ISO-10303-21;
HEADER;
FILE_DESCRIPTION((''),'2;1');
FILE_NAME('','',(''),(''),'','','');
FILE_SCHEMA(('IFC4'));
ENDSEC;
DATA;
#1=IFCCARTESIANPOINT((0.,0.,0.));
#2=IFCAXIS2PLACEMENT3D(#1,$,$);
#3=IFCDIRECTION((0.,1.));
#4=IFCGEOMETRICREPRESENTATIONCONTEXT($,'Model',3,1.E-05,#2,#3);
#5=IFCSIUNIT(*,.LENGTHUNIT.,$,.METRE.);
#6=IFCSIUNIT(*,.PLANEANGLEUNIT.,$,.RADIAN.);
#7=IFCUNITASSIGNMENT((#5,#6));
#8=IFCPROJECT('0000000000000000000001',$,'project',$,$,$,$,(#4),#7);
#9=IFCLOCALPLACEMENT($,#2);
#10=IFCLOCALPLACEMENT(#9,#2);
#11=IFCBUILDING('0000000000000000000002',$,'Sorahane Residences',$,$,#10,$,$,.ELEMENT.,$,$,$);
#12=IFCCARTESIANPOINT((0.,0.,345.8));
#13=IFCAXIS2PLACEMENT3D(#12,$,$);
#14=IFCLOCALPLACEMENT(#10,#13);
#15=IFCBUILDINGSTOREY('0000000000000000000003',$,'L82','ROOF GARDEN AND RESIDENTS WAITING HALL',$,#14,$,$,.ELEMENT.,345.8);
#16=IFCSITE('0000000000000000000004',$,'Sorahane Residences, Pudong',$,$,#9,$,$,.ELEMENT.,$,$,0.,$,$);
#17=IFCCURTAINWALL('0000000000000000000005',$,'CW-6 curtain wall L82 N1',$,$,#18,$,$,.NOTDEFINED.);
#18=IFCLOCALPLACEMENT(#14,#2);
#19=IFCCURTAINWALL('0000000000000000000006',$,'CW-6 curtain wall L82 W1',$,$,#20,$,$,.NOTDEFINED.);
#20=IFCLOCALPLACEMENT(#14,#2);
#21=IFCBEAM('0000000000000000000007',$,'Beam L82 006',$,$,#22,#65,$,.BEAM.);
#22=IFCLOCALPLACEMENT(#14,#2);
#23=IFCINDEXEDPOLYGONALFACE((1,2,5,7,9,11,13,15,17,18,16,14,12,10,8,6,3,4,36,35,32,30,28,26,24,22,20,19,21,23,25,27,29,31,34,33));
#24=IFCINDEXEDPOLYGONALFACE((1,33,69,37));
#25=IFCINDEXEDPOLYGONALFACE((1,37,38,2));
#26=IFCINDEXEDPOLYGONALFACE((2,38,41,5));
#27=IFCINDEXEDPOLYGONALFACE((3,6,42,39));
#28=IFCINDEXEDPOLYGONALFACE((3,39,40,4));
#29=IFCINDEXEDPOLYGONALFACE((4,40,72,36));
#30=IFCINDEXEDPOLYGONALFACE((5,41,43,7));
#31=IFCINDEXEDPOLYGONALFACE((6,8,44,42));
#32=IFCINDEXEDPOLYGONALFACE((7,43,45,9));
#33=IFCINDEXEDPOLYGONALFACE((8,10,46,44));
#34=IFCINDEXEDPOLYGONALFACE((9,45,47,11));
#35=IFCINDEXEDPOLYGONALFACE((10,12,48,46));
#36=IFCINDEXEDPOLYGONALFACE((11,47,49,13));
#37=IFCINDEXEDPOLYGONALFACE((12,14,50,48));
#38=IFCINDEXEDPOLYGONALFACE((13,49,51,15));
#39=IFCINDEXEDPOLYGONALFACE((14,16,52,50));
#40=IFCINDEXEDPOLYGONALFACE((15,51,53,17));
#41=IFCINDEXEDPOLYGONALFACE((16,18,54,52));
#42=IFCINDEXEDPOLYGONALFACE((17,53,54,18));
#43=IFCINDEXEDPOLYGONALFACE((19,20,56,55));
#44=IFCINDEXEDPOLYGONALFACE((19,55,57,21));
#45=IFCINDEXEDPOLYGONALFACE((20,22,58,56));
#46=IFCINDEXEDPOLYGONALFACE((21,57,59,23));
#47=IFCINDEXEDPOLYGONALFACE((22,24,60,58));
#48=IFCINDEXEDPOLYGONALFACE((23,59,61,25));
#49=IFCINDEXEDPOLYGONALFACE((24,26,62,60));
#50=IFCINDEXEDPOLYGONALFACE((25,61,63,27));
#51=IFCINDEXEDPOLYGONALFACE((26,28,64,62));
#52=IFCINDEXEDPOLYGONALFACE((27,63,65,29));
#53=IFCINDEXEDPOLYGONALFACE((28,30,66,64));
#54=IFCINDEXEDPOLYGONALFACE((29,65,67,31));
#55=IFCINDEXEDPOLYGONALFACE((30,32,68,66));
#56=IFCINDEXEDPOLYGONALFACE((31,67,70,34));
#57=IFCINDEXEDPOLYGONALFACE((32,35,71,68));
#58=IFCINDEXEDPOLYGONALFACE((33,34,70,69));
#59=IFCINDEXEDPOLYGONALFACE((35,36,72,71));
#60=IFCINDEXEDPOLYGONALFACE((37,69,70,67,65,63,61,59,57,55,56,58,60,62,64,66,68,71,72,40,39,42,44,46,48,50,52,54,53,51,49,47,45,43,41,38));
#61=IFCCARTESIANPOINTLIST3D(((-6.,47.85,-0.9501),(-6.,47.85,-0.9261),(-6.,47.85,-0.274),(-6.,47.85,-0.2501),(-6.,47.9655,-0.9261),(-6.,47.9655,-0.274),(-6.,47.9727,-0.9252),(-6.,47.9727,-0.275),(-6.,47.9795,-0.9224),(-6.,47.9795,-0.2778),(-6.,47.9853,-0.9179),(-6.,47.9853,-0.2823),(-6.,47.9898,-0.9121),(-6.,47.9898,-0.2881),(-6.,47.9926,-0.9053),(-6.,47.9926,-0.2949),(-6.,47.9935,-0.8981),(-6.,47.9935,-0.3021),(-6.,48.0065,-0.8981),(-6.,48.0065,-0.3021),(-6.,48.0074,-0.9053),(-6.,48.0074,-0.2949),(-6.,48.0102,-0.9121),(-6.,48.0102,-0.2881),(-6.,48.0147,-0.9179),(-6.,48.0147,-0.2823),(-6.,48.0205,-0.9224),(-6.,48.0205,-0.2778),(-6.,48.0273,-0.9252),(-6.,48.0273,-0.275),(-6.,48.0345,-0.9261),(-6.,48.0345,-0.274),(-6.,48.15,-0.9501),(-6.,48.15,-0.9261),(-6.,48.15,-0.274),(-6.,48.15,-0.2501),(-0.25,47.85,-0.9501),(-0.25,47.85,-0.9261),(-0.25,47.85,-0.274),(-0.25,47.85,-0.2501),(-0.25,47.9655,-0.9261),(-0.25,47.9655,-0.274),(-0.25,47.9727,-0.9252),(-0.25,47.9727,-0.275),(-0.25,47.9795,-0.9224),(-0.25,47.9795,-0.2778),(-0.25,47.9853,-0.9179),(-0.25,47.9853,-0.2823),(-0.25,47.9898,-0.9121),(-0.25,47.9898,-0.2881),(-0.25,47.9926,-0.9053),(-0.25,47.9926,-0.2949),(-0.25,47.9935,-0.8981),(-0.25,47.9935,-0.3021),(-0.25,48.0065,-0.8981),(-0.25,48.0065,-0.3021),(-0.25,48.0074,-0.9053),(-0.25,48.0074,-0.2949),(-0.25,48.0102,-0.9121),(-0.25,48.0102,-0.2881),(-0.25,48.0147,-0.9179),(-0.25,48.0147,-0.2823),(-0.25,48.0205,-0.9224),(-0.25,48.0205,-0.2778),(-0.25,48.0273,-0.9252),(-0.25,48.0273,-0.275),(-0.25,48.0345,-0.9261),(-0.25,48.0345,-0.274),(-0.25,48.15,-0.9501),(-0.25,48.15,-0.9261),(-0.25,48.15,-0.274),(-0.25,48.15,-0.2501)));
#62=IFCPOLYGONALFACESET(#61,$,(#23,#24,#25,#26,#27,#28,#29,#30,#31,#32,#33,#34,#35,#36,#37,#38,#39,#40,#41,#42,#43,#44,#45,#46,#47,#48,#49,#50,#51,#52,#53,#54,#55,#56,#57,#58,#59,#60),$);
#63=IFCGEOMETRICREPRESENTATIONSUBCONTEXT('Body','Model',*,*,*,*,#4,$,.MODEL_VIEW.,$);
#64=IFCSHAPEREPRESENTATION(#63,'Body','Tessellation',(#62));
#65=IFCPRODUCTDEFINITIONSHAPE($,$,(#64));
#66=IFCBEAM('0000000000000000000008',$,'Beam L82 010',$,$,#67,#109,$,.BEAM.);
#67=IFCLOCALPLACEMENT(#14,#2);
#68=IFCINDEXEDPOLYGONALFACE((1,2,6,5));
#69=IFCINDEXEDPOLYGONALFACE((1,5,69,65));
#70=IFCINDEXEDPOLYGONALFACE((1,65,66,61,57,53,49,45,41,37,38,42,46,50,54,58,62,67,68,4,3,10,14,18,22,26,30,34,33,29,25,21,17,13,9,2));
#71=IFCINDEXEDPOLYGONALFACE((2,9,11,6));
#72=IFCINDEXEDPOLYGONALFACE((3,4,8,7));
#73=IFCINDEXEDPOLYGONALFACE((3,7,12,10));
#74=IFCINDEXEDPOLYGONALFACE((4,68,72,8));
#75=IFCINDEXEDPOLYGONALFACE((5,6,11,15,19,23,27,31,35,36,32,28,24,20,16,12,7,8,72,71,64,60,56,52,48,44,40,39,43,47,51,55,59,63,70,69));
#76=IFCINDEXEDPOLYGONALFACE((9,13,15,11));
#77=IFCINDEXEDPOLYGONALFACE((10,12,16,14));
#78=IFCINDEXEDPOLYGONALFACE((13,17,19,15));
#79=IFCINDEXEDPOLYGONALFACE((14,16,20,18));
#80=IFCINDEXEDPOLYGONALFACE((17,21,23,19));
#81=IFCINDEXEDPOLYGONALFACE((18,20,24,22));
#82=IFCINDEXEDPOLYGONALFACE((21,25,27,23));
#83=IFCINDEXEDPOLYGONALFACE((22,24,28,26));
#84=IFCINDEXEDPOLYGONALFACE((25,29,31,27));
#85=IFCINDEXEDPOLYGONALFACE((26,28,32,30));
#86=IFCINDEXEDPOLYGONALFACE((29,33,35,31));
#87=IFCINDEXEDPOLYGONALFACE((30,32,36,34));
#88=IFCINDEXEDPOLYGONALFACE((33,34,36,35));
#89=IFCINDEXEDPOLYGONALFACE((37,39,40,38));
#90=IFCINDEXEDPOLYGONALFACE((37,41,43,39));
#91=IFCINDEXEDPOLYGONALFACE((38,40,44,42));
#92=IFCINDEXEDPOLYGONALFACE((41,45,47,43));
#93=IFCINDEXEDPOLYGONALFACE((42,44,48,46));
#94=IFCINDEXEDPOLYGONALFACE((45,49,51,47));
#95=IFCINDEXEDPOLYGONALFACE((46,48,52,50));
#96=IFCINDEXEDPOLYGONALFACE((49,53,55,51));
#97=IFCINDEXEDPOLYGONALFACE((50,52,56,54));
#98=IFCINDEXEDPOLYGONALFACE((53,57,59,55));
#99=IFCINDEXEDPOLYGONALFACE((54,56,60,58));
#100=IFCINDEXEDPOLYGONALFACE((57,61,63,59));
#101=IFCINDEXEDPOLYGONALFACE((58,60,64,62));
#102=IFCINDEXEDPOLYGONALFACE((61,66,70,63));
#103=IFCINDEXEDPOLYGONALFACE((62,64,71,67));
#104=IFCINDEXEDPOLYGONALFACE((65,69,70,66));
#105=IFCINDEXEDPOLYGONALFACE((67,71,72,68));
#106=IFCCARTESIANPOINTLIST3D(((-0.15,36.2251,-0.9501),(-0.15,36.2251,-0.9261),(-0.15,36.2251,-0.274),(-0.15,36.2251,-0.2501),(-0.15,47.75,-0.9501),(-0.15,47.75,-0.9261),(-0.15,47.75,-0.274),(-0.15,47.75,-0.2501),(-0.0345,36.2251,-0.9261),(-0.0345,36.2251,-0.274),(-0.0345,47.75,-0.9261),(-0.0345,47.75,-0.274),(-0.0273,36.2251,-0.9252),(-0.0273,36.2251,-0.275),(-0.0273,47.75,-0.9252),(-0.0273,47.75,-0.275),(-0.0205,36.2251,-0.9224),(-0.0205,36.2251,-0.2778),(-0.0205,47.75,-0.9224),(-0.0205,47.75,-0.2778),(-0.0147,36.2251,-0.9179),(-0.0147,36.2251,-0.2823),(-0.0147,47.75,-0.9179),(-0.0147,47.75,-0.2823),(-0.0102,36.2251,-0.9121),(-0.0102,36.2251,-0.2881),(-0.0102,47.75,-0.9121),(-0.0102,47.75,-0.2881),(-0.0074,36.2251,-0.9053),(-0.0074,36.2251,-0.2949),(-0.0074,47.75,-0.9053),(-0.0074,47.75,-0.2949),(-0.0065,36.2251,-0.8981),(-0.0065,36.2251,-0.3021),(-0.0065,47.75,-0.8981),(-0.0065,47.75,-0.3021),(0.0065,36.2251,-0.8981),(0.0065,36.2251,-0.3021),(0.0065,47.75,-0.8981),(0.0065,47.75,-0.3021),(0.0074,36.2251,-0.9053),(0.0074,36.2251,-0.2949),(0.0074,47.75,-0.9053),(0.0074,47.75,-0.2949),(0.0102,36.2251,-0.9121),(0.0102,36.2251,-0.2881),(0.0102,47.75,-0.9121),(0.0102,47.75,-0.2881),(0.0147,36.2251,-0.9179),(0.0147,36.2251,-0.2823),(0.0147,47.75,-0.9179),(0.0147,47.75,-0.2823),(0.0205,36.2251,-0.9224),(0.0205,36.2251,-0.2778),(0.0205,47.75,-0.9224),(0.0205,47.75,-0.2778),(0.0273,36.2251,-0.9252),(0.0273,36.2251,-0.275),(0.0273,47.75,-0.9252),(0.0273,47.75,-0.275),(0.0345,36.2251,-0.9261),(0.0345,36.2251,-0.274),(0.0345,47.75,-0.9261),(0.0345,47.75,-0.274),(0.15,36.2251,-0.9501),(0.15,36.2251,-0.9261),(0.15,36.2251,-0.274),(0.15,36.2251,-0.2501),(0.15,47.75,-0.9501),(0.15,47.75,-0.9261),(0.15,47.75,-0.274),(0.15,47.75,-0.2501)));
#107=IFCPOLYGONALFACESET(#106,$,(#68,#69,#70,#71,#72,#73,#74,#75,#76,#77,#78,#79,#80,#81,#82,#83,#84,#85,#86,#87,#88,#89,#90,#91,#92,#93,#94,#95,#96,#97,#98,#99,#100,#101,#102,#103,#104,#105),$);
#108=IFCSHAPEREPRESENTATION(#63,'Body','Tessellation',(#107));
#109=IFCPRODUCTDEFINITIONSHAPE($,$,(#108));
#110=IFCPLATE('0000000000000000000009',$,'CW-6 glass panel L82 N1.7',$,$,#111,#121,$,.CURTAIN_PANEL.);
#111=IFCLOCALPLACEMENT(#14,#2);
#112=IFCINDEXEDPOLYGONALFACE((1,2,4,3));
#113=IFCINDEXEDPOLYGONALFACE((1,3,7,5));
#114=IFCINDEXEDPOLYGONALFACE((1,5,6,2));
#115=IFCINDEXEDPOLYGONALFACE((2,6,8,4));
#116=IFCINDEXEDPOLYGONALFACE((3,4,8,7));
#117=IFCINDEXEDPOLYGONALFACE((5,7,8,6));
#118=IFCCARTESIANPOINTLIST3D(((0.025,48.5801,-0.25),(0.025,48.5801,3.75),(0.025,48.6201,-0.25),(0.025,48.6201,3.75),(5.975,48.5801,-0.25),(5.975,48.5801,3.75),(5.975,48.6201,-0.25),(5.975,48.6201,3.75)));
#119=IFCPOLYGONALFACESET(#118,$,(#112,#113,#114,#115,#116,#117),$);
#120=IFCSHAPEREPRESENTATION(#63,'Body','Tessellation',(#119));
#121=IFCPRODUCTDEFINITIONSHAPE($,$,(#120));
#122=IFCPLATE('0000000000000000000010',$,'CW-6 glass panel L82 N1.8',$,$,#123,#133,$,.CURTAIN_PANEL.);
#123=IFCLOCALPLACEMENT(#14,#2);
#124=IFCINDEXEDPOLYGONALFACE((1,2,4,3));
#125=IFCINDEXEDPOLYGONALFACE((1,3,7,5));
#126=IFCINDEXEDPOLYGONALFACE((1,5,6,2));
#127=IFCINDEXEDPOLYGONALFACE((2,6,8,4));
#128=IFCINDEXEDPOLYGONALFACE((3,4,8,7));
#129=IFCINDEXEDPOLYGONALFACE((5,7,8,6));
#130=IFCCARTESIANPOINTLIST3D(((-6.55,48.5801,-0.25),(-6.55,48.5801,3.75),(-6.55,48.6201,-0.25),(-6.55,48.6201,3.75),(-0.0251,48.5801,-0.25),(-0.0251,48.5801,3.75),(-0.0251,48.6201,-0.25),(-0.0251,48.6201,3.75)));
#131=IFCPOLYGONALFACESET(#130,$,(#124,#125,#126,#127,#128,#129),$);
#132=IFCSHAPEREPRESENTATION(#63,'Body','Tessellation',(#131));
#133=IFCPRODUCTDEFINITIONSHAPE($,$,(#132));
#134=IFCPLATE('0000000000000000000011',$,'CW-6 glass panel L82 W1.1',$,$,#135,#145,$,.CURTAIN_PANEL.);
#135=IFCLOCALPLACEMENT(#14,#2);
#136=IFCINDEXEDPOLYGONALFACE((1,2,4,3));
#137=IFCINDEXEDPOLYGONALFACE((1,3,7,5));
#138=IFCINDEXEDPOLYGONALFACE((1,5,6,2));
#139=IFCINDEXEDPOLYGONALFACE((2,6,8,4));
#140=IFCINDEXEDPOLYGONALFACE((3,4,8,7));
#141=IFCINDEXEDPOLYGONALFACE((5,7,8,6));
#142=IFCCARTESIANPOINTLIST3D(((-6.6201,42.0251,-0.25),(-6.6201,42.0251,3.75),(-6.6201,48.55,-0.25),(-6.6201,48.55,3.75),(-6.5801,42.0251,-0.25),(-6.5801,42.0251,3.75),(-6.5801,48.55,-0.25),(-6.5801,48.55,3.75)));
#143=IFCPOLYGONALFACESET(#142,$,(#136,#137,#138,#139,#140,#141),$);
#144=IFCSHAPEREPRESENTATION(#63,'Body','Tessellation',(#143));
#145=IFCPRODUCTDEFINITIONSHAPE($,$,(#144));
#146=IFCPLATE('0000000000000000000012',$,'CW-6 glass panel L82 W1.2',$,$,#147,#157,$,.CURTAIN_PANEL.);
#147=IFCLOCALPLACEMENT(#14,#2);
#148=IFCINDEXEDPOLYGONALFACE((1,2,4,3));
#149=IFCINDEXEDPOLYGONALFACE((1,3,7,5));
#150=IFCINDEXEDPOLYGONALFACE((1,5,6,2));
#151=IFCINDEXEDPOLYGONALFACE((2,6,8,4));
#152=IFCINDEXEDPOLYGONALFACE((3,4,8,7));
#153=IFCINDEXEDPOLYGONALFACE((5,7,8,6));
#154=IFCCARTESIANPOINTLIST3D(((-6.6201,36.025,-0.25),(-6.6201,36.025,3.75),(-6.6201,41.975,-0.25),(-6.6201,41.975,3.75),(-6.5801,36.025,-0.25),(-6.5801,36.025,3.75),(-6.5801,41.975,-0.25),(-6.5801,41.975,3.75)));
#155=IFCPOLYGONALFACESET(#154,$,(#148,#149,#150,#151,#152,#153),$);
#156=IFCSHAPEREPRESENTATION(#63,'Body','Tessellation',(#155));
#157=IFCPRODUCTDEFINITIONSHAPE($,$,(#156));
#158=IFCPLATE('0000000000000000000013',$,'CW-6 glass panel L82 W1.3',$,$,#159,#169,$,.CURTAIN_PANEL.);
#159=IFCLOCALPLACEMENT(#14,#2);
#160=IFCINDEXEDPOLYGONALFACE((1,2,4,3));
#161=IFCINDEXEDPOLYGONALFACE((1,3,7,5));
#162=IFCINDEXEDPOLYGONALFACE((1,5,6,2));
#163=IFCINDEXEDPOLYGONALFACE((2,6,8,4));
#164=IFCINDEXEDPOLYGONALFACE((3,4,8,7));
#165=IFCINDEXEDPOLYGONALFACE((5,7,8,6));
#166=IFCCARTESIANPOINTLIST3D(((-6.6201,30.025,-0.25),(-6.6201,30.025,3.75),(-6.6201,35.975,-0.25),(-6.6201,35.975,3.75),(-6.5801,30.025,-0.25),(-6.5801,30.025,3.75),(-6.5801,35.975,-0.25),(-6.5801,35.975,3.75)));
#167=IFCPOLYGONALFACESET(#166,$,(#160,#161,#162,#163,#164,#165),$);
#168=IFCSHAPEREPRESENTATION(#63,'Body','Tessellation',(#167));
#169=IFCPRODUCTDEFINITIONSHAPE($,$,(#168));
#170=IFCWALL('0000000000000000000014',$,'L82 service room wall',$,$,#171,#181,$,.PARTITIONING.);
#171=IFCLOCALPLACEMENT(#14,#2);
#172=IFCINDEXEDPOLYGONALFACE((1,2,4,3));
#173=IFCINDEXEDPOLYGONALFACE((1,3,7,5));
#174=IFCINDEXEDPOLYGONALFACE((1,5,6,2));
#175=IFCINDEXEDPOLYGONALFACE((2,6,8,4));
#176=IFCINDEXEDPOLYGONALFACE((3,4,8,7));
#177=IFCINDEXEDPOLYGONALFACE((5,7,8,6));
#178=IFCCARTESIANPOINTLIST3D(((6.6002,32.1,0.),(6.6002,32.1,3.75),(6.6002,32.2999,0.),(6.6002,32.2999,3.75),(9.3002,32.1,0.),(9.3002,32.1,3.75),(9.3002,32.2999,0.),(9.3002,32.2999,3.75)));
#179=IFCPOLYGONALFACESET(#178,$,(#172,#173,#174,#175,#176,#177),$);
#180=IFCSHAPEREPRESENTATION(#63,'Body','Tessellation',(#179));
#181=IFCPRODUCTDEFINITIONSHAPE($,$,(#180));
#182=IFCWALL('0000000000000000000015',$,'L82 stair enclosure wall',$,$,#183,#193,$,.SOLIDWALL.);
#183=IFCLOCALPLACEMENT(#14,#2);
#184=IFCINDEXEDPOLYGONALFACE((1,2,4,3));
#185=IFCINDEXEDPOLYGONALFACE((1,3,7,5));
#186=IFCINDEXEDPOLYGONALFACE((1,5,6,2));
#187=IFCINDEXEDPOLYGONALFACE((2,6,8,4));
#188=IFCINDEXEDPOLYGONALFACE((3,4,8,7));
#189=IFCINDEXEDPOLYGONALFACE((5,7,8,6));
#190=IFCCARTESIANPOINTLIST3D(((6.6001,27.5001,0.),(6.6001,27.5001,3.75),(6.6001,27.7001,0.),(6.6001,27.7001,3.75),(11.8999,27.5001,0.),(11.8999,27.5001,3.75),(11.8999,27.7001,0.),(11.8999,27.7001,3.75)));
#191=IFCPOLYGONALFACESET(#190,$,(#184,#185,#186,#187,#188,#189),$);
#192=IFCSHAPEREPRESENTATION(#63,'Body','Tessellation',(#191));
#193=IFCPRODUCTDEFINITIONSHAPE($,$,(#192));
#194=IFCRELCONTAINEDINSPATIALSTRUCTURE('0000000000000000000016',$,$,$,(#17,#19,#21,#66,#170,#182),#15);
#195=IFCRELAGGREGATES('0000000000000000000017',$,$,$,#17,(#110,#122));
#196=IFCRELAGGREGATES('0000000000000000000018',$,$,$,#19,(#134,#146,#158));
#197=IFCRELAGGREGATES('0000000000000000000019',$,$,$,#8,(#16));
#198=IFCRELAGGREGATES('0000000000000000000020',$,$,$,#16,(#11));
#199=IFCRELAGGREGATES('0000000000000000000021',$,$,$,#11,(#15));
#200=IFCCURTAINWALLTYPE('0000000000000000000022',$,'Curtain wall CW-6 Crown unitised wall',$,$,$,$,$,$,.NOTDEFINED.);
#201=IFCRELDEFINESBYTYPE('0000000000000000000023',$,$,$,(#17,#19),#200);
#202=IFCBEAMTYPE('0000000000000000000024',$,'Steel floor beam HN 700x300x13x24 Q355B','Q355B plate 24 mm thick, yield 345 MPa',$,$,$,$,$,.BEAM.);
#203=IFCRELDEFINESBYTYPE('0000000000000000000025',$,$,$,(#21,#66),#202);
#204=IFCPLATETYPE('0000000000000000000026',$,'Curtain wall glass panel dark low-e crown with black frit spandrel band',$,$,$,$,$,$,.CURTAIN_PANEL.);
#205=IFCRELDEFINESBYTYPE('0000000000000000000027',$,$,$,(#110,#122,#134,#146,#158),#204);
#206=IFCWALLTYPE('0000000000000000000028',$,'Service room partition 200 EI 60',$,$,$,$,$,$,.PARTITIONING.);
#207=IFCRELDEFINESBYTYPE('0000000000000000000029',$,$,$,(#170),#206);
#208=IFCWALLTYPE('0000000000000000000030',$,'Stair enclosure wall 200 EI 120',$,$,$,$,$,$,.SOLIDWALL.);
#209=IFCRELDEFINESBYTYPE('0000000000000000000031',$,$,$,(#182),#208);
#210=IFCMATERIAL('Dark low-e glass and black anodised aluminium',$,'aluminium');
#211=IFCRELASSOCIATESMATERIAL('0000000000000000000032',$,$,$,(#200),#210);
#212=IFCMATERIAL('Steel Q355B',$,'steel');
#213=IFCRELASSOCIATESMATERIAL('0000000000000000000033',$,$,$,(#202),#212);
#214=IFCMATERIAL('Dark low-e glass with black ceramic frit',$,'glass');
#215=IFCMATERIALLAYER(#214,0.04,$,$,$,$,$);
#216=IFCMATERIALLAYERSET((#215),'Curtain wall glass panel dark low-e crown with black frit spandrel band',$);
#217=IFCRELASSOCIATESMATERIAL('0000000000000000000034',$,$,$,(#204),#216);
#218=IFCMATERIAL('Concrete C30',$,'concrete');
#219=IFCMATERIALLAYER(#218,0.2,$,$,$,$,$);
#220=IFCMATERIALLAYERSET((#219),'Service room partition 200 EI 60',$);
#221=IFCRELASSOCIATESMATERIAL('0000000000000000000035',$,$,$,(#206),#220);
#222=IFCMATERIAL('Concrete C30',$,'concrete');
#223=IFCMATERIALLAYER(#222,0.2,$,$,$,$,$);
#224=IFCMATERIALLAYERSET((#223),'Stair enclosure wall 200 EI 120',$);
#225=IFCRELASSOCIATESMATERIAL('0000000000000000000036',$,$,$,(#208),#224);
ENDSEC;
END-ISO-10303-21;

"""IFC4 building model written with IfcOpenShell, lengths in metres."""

from ifc_helpers import new_model, si_unit, direction, frame, frame_2d, origin, origin_2d, place, context, subcontext, project, spatial, rectangle, i_section, extrude, material, layer, layer_set, material_profile, profile_set, type_object, element, aggregate, save


model = new_model("IFC4")

# Units and contexts
model_context = context("Model", 3, precision=1e-05, world=origin(), true_north=direction((0.0, 1.0)))
body_context = subcontext(model_context, "Body", "Model", "MODEL_VIEW")
ifc_project = project(units=[si_unit("LENGTHUNIT", "METRE"), si_unit("PLANEANGLEUNIT", "RADIAN")], contexts=[model_context])

# Site, building, storey
site_placement = place(None, origin())
site = spatial("IfcSite", under=ifc_project, at=site_placement, Name="Sorahane Residences, Pudong", CompositionType="ELEMENT", RefElevation=0.0)
building_placement = place(site_placement, origin())
building = spatial("IfcBuilding", under=site, at=building_placement, Name="Sorahane Residences", CompositionType="ELEMENT")
storey_placement = place(building_placement, frame((0.0, 0.0, 345.8)))
storey = spatial("IfcBuildingStorey", under=building, at=storey_placement, Name="L82", Description="ROOF GARDEN AND RESIDENTS WAITING HALL", CompositionType="ELEMENT", Elevation=345.8)

# Curtain walls
ifc_material_1 = material(Name="Dark low-e glass and black anodised aluminium", Category="aluminium")
curtain_wall_type = type_object("IfcCurtainWallType", Name="Curtain wall CW-6 Crown unitised wall", PredefinedType="NOTDEFINED", material=ifc_material_1)
curtain_wall_1_placement = place(storey_placement, origin())
curtain_wall_1 = element("IfcCurtainWall", 1, at=curtain_wall_1_placement, inside=storey, type_object=curtain_wall_type, Name="CW-6 curtain wall L82 N1", PredefinedType="NOTDEFINED")
curtain_wall_2_placement = place(storey_placement, origin())
curtain_wall_2 = element("IfcCurtainWall", 2, at=curtain_wall_2_placement, inside=storey, type_object=curtain_wall_type, Name="CW-6 curtain wall L82 W1", PredefinedType="NOTDEFINED")

# Beams
ifc_material_2 = material(Name="Steel Q355B", Category="steel")
ifc_material_profile_1 = material_profile(ifc_material_2, i_section(OverallWidth=0.3, OverallDepth=0.7, WebThickness=0.0129, FlangeThickness=0.0239, FilletRadius=0.0281, at=origin_2d()), Name="HN 700x300x13x24")
ifc_profile_set_1 = profile_set([ifc_material_profile_1], Name="Steel Q355B")
beam_type_1 = type_object("IfcBeamType", Name="Steel floor beam HN 700x300x13x24 Q355B", Description="Q355B plate 24 mm thick, yield 345 MPa", PredefinedType="BEAM", material=ifc_profile_set_1)
beam_1_placement = place(storey_placement, frame((-6.0, 48.0, -0.6001), z_axis=(1.0, 0.0, 0.0), x_axis=(0.0, 1.0, 0.0)))
element("IfcBeam", 3, at=beam_1_placement, inside=storey, type_object=beam_type_1, Name="Beam L82 006", PredefinedType="BEAM", context=body_context, shape_type="SweptSolid", body=[
    extrude(i_section(OverallWidth=0.3, OverallDepth=0.7, WebThickness=0.0129, FlangeThickness=0.0239, FilletRadius=0.0281, at=origin_2d()), origin(), (0.0, 0.0, 1.0), 5.75),
])
beam_2_placement = place(storey_placement, frame((0.0, 36.2251, -0.6001), z_axis=(0.0, 1.0, 0.0), x_axis=(-1.0, 0.0, 0.0)))
element("IfcBeam", 4, at=beam_2_placement, inside=storey, type_object=beam_type_1, Name="Beam L82 010", PredefinedType="BEAM", context=body_context, shape_type="SweptSolid", body=[
    extrude(i_section(OverallWidth=0.3, OverallDepth=0.7, WebThickness=0.0129, FlangeThickness=0.0239, FilletRadius=0.0281, at=origin_2d()), origin(), (0.0, 0.0, 1.0), 11.5249),
])

# Plates
ifc_material_3 = material(Name="Dark low-e glass with black ceramic frit", Category="glass")
ifc_layer_1 = layer(ifc_material_3, 0.04)
ifc_layer_set_1 = layer_set([ifc_layer_1], Name="Curtain wall glass panel dark low-e crown with black frit spandrel band")
plate_type = type_object("IfcPlateType", Name="Curtain wall glass panel dark low-e crown with black frit spandrel band", PredefinedType="CURTAIN_PANEL", material=ifc_layer_set_1)
plate_1_placement = place(storey_placement, frame((3.0, 48.6001, -0.25), z_axis=(0.0, 0.0, 1.0), x_axis=(-1.0, 0.0, 0.0)))
plate_1 = element("IfcPlate", 5, at=plate_1_placement, type_object=plate_type, Name="CW-6 glass panel L82 N1.7", PredefinedType="CURTAIN_PANEL", context=body_context, shape_type="SweptSolid", body=[
    extrude(rectangle(XDim=5.95, YDim=0.04, at=origin_2d()), origin(), (0.0, 0.0, 1.0), 4.0),
])
plate_2_placement = place(storey_placement, frame((-3.2876, 48.6001, -0.25), z_axis=(0.0, 0.0, 1.0), x_axis=(-1.0, 0.0, 0.0)))
plate_2 = element("IfcPlate", 6, at=plate_2_placement, type_object=plate_type, Name="CW-6 glass panel L82 N1.8", PredefinedType="CURTAIN_PANEL", context=body_context, shape_type="SweptSolid", body=[
    extrude(rectangle(XDim=6.5249, YDim=0.04, at=origin_2d()), origin(), (0.0, 0.0, 1.0), 4.0),
])
aggregate(curtain_wall_1, [plate_1, plate_2])
plate_3_placement = place(storey_placement, frame((-6.6001, 45.2876, -0.25), z_axis=(0.0, 0.0, 1.0), x_axis=(0.0, -1.0, 0.0)))
plate_3 = element("IfcPlate", 7, at=plate_3_placement, type_object=plate_type, Name="CW-6 glass panel L82 W1.1", PredefinedType="CURTAIN_PANEL", context=body_context, shape_type="SweptSolid", body=[
    extrude(rectangle(XDim=6.5249, YDim=0.04, at=origin_2d()), origin(), (0.0, 0.0, 1.0), 4.0),
])
plate_4_placement = place(storey_placement, frame((-6.6001, 39.0, -0.25), z_axis=(0.0, 0.0, 1.0), x_axis=(0.0, -1.0, 0.0)))
plate_4 = element("IfcPlate", 8, at=plate_4_placement, type_object=plate_type, Name="CW-6 glass panel L82 W1.2", PredefinedType="CURTAIN_PANEL", context=body_context, shape_type="SweptSolid", body=[
    extrude(rectangle(XDim=5.95, YDim=0.04, at=origin_2d()), origin(), (0.0, 0.0, 1.0), 4.0),
])
plate_5_placement = place(storey_placement, frame((-6.6001, 33.0, -0.25), z_axis=(0.0, 0.0, 1.0), x_axis=(0.0, -1.0, 0.0)))
plate_5 = element("IfcPlate", 9, at=plate_5_placement, type_object=plate_type, Name="CW-6 glass panel L82 W1.3", PredefinedType="CURTAIN_PANEL", context=body_context, shape_type="SweptSolid", body=[
    extrude(rectangle(XDim=5.95, YDim=0.04, at=origin_2d()), origin(), (0.0, 0.0, 1.0), 4.0),
])
aggregate(curtain_wall_2, [plate_3, plate_4, plate_5])

# Walls
ifc_material_4 = material(Name="Concrete C30", Category="concrete")
ifc_layer_2 = layer(ifc_material_4, 0.2)
ifc_layer_set_2 = layer_set([ifc_layer_2], Name="Service room partition 200 EI 60")
wall_type_1 = type_object("IfcWallType", Name="Service room partition 200 EI 60", PredefinedType="PARTITIONING", material=ifc_layer_set_2)
wall_1_placement = place(storey_placement, frame((6.6001, 32.2, 0.0), z_axis=(0.0, 0.0, 1.0), x_axis=(1.0, 0.0, 0.0)))
element("IfcWall", 10, at=wall_1_placement, inside=storey, type_object=wall_type_1, Name="L82 service room wall", PredefinedType="PARTITIONING", context=body_context, shape_type="SweptSolid", body=[
    extrude(rectangle(XDim=2.7, YDim=0.2, at=frame_2d((1.3501, 0.0))), origin(), (0.0, 0.0, 1.0), 3.75),
])
ifc_material_5 = material(Name="Concrete C30", Category="concrete")
ifc_layer_3 = layer(ifc_material_5, 0.2)
ifc_layer_set_3 = layer_set([ifc_layer_3], Name="Stair enclosure wall 200 EI 120")
wall_type_2 = type_object("IfcWallType", Name="Stair enclosure wall 200 EI 120", PredefinedType="SOLIDWALL", material=ifc_layer_set_3)
wall_2_placement = place(storey_placement, frame((6.6001, 27.6001, 0.0), z_axis=(0.0, 0.0, 1.0), x_axis=(1.0, 0.0, 0.0)))
element("IfcWall", 11, at=wall_2_placement, inside=storey, type_object=wall_type_2, Name="L82 stair enclosure wall", PredefinedType="SOLIDWALL", context=body_context, shape_type="SweptSolid", body=[
    extrude(rectangle(XDim=5.2998, YDim=0.2, at=frame_2d((2.6499, 0.0))), origin(), (0.0, 0.0, 1.0), 3.75),
])

save(model, "model.ifc")
